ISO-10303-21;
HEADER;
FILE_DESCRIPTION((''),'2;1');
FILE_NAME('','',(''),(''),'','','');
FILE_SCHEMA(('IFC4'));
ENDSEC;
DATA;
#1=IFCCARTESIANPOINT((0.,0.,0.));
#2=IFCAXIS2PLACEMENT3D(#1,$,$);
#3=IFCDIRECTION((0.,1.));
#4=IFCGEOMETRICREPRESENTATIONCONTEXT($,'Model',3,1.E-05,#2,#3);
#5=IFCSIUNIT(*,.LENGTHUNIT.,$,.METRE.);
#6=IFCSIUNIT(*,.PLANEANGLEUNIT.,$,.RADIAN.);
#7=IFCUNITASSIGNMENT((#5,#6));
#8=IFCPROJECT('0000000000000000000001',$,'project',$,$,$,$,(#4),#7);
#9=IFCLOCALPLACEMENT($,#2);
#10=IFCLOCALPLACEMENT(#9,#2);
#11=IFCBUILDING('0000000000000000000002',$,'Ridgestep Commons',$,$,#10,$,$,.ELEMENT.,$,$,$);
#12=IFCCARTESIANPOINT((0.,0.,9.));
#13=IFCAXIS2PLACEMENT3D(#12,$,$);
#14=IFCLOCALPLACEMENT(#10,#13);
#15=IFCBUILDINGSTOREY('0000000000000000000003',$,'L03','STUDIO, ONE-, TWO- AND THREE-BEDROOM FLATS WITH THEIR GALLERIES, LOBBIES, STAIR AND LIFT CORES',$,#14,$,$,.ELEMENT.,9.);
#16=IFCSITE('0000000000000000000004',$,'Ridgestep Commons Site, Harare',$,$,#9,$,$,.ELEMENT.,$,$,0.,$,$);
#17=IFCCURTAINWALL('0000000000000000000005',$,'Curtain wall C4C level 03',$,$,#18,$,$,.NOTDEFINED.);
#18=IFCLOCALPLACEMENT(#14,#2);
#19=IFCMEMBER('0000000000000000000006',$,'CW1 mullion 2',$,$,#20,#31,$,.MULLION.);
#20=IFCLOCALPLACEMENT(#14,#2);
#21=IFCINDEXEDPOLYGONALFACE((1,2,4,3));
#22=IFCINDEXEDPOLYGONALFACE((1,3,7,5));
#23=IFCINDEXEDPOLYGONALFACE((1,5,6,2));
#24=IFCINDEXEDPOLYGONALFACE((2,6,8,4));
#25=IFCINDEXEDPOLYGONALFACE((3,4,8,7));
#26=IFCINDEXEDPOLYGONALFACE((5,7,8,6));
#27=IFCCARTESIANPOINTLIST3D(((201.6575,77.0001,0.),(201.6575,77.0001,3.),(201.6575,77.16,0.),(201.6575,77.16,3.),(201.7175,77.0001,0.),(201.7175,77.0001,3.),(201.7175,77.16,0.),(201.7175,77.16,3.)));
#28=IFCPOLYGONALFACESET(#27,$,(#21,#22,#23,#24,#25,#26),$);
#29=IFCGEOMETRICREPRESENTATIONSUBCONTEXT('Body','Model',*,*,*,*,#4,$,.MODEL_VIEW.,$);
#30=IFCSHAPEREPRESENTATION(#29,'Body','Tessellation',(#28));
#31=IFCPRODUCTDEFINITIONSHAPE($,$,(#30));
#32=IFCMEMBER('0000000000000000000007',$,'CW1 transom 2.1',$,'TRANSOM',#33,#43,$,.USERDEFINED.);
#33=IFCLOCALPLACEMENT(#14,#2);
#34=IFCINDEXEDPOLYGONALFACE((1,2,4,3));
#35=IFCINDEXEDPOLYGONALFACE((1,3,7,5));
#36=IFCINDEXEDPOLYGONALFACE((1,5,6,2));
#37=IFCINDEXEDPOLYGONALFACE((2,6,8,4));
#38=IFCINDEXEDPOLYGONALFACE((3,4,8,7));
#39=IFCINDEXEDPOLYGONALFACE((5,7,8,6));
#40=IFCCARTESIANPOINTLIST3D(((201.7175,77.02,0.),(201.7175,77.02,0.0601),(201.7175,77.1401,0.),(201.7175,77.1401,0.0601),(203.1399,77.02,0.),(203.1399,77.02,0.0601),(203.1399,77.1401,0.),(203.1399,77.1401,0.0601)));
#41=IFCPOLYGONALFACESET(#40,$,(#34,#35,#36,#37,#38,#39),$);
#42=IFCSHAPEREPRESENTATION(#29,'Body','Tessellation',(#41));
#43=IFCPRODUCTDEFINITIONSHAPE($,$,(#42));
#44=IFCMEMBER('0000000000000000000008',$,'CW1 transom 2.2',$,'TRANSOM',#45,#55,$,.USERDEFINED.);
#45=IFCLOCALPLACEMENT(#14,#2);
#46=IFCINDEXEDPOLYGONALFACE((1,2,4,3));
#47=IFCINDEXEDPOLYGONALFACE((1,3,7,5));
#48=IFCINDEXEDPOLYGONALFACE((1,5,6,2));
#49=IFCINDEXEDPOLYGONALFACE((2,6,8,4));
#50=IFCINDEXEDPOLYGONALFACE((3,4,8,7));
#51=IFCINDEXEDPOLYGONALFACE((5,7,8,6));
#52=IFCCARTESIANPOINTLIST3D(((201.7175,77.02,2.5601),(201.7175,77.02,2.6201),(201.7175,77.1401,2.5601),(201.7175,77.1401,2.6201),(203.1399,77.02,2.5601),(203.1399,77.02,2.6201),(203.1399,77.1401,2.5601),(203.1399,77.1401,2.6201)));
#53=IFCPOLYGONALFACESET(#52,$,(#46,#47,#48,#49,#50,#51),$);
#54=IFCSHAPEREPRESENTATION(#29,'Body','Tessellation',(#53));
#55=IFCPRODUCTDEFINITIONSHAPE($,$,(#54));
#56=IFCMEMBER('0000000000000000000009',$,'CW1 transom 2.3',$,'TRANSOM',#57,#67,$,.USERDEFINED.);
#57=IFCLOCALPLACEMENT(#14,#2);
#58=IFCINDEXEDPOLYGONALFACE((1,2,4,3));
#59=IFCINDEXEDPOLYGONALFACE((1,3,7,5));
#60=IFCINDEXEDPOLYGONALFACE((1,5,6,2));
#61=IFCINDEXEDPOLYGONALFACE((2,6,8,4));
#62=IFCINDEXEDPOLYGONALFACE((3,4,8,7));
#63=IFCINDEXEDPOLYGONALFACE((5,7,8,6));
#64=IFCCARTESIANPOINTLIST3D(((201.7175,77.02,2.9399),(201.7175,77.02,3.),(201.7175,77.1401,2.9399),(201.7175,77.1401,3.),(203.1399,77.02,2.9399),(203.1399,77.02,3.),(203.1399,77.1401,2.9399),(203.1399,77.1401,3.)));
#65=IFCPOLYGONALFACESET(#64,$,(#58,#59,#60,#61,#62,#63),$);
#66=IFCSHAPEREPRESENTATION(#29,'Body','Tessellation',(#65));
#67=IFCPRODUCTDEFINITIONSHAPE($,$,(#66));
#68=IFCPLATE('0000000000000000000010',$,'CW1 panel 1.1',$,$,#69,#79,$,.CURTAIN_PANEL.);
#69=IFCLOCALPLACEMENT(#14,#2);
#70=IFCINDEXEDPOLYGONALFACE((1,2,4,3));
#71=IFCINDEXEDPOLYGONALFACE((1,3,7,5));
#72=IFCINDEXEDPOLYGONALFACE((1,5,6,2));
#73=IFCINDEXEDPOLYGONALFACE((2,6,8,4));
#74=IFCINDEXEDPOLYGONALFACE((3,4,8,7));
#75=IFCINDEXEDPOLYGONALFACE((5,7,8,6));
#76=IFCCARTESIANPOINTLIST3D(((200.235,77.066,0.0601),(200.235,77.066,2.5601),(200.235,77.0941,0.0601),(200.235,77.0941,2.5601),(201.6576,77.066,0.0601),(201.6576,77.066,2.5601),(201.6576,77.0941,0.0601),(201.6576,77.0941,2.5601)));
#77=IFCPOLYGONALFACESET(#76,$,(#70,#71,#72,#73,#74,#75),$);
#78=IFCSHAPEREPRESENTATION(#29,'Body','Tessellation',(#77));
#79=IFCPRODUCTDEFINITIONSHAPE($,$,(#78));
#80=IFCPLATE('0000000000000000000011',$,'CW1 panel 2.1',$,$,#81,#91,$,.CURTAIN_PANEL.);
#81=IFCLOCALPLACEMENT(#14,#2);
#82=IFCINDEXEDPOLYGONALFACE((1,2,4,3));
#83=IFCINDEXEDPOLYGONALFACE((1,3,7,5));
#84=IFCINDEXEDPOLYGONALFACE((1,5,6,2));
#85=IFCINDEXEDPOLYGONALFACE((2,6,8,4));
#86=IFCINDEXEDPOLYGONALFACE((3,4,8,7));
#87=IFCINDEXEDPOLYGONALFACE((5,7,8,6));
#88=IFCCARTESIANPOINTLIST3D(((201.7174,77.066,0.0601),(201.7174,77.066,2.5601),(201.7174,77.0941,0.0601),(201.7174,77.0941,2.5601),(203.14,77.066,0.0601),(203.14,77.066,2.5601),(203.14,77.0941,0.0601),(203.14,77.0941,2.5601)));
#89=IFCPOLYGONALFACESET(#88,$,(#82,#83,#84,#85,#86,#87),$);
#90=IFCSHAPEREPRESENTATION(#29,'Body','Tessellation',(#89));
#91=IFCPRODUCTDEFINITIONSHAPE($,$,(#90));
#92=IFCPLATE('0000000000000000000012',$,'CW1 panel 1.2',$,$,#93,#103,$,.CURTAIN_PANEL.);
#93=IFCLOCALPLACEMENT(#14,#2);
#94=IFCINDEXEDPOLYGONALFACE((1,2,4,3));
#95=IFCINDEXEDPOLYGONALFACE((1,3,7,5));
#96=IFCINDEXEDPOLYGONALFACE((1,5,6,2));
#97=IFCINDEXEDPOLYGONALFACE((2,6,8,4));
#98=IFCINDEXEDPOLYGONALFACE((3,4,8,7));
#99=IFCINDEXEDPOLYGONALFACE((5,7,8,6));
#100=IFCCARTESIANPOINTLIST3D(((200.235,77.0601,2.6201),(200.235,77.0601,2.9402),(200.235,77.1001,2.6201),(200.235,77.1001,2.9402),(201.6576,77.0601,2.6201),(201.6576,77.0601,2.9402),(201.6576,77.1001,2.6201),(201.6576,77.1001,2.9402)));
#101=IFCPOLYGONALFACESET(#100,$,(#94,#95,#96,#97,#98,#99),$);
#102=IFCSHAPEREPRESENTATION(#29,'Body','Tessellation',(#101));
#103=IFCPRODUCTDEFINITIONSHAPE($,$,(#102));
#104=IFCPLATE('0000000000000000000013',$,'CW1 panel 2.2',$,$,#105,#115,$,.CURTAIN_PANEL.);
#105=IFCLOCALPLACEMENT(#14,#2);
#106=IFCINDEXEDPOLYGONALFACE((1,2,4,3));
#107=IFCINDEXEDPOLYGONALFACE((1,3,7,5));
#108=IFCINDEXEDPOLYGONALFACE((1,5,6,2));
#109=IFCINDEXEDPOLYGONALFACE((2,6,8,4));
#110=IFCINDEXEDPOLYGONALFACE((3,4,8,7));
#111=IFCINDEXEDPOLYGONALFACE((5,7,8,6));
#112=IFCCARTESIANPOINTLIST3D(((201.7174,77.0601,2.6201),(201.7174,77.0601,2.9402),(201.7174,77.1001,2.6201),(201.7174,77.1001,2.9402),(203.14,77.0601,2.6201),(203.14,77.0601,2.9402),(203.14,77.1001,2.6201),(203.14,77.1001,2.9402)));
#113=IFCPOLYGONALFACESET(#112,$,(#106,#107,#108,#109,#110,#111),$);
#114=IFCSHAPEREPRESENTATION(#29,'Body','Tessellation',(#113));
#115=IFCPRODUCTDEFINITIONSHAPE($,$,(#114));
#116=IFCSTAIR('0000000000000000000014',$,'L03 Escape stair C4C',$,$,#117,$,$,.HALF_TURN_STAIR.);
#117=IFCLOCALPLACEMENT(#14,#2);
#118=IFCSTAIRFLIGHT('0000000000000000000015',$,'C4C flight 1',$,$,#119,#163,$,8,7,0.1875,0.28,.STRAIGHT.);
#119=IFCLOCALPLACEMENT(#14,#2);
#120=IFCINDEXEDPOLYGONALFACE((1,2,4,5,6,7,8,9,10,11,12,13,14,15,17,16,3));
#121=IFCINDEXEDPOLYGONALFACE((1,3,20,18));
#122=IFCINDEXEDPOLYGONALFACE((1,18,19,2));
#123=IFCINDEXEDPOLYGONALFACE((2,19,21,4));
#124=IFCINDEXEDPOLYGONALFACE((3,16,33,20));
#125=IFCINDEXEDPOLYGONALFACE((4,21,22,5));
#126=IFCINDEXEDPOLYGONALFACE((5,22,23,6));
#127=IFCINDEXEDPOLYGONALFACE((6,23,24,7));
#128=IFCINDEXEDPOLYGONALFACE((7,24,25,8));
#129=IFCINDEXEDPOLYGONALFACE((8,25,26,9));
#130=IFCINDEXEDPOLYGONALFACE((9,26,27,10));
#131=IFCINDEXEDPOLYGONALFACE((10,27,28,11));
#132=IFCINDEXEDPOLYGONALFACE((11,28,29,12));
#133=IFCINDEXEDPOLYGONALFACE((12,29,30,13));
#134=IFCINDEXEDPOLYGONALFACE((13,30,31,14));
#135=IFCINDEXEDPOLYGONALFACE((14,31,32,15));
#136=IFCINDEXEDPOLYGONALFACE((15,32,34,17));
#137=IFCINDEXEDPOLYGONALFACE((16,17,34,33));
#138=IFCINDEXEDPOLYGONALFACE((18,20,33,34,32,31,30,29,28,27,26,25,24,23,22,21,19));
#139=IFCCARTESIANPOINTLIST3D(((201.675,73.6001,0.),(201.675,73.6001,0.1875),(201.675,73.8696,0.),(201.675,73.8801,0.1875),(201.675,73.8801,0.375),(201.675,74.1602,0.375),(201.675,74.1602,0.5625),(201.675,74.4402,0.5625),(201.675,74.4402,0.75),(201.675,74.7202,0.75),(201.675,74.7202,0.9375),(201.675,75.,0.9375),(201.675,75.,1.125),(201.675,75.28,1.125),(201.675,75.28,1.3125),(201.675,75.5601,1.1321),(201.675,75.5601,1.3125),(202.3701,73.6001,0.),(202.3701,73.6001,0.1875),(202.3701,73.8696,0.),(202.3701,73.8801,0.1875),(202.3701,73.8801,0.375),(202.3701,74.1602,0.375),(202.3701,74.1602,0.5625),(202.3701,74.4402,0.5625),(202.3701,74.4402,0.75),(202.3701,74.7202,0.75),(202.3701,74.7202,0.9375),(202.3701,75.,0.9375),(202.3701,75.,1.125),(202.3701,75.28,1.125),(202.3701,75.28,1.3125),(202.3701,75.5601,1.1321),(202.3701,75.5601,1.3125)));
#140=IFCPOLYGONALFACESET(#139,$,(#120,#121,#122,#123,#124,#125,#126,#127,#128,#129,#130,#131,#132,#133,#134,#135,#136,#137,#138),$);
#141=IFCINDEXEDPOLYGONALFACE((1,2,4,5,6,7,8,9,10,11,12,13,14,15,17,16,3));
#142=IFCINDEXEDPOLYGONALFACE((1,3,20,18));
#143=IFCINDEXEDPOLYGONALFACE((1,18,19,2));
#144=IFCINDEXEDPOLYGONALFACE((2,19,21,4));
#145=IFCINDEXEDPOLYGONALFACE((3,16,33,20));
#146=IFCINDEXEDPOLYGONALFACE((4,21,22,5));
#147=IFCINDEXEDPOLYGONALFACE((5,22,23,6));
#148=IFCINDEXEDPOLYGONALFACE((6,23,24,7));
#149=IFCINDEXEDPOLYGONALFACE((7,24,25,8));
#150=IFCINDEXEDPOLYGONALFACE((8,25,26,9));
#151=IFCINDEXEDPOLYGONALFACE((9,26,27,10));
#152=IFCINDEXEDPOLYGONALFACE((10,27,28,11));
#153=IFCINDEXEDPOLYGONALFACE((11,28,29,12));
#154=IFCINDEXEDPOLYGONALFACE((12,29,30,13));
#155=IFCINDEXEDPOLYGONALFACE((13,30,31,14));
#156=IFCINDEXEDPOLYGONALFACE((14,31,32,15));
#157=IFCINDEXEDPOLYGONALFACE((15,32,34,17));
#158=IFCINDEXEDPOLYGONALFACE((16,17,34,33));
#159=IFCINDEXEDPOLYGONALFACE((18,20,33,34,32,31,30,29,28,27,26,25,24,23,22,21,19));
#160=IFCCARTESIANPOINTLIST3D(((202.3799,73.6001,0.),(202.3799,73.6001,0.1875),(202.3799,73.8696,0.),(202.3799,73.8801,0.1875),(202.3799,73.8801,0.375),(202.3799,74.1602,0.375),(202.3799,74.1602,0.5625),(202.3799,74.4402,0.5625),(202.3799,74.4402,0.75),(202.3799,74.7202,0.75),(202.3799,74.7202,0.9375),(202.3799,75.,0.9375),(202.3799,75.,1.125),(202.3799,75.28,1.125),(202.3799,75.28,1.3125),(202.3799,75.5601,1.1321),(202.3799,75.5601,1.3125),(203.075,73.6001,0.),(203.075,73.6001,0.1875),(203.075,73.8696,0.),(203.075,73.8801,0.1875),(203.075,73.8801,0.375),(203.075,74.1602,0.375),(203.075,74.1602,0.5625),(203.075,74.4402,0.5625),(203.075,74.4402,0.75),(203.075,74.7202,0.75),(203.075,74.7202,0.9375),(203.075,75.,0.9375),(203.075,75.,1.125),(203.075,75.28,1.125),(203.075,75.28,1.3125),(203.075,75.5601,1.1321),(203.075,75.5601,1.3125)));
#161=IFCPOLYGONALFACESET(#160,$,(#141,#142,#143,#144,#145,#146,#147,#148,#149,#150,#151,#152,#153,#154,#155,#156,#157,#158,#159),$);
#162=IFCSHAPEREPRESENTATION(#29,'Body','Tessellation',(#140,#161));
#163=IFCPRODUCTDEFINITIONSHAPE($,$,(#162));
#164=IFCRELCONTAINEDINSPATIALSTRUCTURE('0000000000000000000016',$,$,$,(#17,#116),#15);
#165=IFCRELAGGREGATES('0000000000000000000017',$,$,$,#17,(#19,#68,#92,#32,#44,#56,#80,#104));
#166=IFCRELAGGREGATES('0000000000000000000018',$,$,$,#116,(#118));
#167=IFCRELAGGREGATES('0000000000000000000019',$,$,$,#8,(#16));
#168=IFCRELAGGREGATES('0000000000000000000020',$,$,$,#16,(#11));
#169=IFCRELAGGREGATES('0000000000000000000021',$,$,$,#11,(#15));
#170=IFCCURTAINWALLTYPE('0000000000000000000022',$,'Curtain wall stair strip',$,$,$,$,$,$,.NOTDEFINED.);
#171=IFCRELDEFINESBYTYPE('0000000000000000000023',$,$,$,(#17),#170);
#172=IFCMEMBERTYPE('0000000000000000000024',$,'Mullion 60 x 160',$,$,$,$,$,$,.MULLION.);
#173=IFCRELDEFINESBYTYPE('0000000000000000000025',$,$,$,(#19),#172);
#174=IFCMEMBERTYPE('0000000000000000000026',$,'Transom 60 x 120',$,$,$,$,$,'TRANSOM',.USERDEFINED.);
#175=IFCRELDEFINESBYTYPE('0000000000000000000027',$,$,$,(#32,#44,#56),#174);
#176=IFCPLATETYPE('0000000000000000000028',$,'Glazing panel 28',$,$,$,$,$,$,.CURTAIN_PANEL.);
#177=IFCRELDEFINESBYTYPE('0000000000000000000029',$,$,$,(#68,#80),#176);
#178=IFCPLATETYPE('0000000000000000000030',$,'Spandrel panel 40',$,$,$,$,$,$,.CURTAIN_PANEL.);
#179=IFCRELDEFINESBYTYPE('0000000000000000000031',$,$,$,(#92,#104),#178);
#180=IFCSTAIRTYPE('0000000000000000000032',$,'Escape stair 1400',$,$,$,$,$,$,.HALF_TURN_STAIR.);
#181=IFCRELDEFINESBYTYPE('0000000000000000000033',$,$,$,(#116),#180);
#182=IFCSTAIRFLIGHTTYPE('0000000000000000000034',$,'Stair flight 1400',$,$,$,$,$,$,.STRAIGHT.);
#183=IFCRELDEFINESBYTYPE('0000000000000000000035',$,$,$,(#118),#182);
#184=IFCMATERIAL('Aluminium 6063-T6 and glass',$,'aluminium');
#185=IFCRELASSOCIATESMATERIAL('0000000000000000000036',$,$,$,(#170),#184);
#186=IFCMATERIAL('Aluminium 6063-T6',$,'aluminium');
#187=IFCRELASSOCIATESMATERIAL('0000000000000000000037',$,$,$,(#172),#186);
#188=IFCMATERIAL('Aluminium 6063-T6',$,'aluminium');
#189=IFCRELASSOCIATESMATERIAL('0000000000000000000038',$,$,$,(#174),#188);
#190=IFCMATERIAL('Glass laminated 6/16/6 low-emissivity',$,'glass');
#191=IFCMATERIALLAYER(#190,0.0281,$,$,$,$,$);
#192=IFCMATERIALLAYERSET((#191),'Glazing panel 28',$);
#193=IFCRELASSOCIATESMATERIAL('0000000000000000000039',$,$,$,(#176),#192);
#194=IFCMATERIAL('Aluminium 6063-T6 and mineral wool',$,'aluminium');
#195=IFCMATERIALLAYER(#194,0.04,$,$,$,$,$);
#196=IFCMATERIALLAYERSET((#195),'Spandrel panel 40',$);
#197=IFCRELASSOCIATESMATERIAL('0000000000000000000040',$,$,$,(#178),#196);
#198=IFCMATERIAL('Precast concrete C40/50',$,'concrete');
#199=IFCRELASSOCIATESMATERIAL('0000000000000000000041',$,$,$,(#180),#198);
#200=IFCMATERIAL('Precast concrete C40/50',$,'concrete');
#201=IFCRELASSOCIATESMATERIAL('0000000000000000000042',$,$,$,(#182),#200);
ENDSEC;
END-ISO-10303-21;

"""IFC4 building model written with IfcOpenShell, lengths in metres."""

from ifc_helpers import new_model, si_unit, direction, frame, origin, origin_2d, place, context, subcontext, project, spatial, polyline, rectangle, outline, extrude, material, layer, layer_set, material_profile, profile_set, type_object, element, aggregate, save


model = new_model("IFC4")

# Units and contexts
model_context = context("Model", 3, precision=1e-05, world=origin(), true_north=direction((0.0, 1.0)))
body_context = subcontext(model_context, "Body", "Model", "MODEL_VIEW")
ifc_project = project(units=[si_unit("LENGTHUNIT", "METRE"), si_unit("PLANEANGLEUNIT", "RADIAN")], contexts=[model_context])

# Site, building, storey
site_placement = place(None, origin())
site = spatial("IfcSite", under=ifc_project, at=site_placement, Name="Ridgestep Commons Site, Harare", CompositionType="ELEMENT", RefElevation=0.0)
building_placement = place(site_placement, origin())
building = spatial("IfcBuilding", under=site, at=building_placement, Name="Ridgestep Commons", CompositionType="ELEMENT")
storey_placement = place(building_placement, frame((0.0, 0.0, 9.0)))
storey = spatial("IfcBuildingStorey", under=building, at=storey_placement, Name="L03", Description="STUDIO, ONE-, TWO- AND THREE-BEDROOM FLATS WITH THEIR GALLERIES, LOBBIES, STAIR AND LIFT CORES", CompositionType="ELEMENT", Elevation=9.0)

# Curtain wall, members, plates
ifc_material_1 = material(Name="Aluminium 6063-T6 and glass", Category="aluminium")
curtain_wall_type = type_object("IfcCurtainWallType", Name="Curtain wall stair strip", PredefinedType="NOTDEFINED", material=ifc_material_1)
curtain_wall_placement = place(storey_placement, origin())
curtain_wall = element("IfcCurtainWall", 1, at=curtain_wall_placement, inside=storey, type_object=curtain_wall_type, Name="Curtain wall C4C level 03", PredefinedType="NOTDEFINED")
ifc_material_2 = material(Name="Aluminium 6063-T6", Category="aluminium")
ifc_material_profile_1 = material_profile(ifc_material_2, rectangle(XDim=0.1599, YDim=0.0601, at=origin_2d()), Name="Mullion 60 x 160")
ifc_profile_set_1 = profile_set([ifc_material_profile_1], Name="Aluminium 6063-T6")
member_type_1 = type_object("IfcMemberType", Name="Mullion 60 x 160", PredefinedType="MULLION", material=ifc_profile_set_1)
member_1_placement = place(storey_placement, frame((201.6875, 77.0801, 0.0), z_axis=(0.0, 0.0, 1.0), x_axis=(0.0, 1.0, 0.0)))
member_1 = element("IfcMember", 2, at=member_1_placement, type_object=member_type_1, Name="CW1 mullion 2", PredefinedType="MULLION", context=body_context, shape_type="SweptSolid", body=[
    extrude(rectangle(XDim=0.1599, YDim=0.0601, at=origin_2d()), origin(), (0.0, 0.0, 1.0), 3.0),
])
ifc_material_3 = material(Name="Aluminium 6063-T6", Category="aluminium")
ifc_material_profile_2 = material_profile(ifc_material_3, rectangle(XDim=0.1201, YDim=0.0601, at=origin_2d()), Name="Transom 60 x 120")
ifc_profile_set_2 = profile_set([ifc_material_profile_2], Name="Aluminium 6063-T6")
member_type_2 = type_object("IfcMemberType", Name="Transom 60 x 120", ElementType="TRANSOM", PredefinedType="USERDEFINED", material=ifc_profile_set_2)
member_2_placement = place(storey_placement, frame((201.7175, 77.0801, 0.03), z_axis=(1.0, 0.0, 0.0), x_axis=(0.0, 1.0, 0.0)))
member_2 = element("IfcMember", 3, at=member_2_placement, type_object=member_type_2, Name="CW1 transom 2.1", ObjectType="TRANSOM", PredefinedType="USERDEFINED", context=body_context, shape_type="SweptSolid", body=[
    extrude(rectangle(XDim=0.1201, YDim=0.0601, at=origin_2d()), origin(), (0.0, 0.0, 1.0), 1.4224),
])
member_3_placement = place(storey_placement, frame((201.7175, 77.0801, 2.5901), z_axis=(1.0, 0.0, 0.0), x_axis=(0.0, 1.0, 0.0)))
member_3 = element("IfcMember", 4, at=member_3_placement, type_object=member_type_2, Name="CW1 transom 2.2", ObjectType="TRANSOM", PredefinedType="USERDEFINED", context=body_context, shape_type="SweptSolid", body=[
    extrude(rectangle(XDim=0.1201, YDim=0.0601, at=origin_2d()), origin(), (0.0, 0.0, 1.0), 1.4224),
])
member_4_placement = place(storey_placement, frame((201.7175, 77.0801, 2.97), z_axis=(1.0, 0.0, 0.0), x_axis=(0.0, 1.0, 0.0)))
member_4 = element("IfcMember", 5, at=member_4_placement, type_object=member_type_2, Name="CW1 transom 2.3", ObjectType="TRANSOM", PredefinedType="USERDEFINED", context=body_context, shape_type="SweptSolid", body=[
    extrude(rectangle(XDim=0.1201, YDim=0.0601, at=origin_2d()), origin(), (0.0, 0.0, 1.0), 1.4224),
])
ifc_material_4 = material(Name="Glass laminated 6/16/6 low-emissivity", Category="glass")
ifc_layer_1 = layer(ifc_material_4, 0.0281)
ifc_layer_set_1 = layer_set([ifc_layer_1], Name="Glazing panel 28")
plate_type_1 = type_object("IfcPlateType", Name="Glazing panel 28", PredefinedType="CURTAIN_PANEL", material=ifc_layer_set_1)
plate_1_placement = place(storey_placement, frame((200.9463, 77.0801, 0.0601), z_axis=(0.0, 0.0, 1.0), x_axis=(1.0, 0.0, 0.0)))
plate_1 = element("IfcPlate", 6, at=plate_1_placement, type_object=plate_type_1, Name="CW1 panel 1.1", PredefinedType="CURTAIN_PANEL", context=body_context, shape_type="SweptSolid", body=[
    extrude(rectangle(XDim=1.4226, YDim=0.0281, at=origin_2d()), origin(), (0.0, 0.0, 1.0), 2.5),
])
plate_2_placement = place(storey_placement, frame((202.4287, 77.0801, 0.0601), z_axis=(0.0, 0.0, 1.0), x_axis=(1.0, 0.0, 0.0)))
plate_2 = element("IfcPlate", 7, at=plate_2_placement, type_object=plate_type_1, Name="CW1 panel 2.1", PredefinedType="CURTAIN_PANEL", context=body_context, shape_type="SweptSolid", body=[
    extrude(rectangle(XDim=1.4226, YDim=0.0281, at=origin_2d()), origin(), (0.0, 0.0, 1.0), 2.5),
])
ifc_material_5 = material(Name="Aluminium 6063-T6 and mineral wool", Category="aluminium")
ifc_layer_2 = layer(ifc_material_5, 0.04)
ifc_layer_set_2 = layer_set([ifc_layer_2], Name="Spandrel panel 40")
plate_type_2 = type_object("IfcPlateType", Name="Spandrel panel 40", PredefinedType="CURTAIN_PANEL", material=ifc_layer_set_2)
plate_3_placement = place(storey_placement, frame((200.9463, 77.0801, 2.6201), z_axis=(0.0, 0.0, 1.0), x_axis=(1.0, 0.0, 0.0)))
plate_3 = element("IfcPlate", 8, at=plate_3_placement, type_object=plate_type_2, Name="CW1 panel 1.2", PredefinedType="CURTAIN_PANEL", context=body_context, shape_type="SweptSolid", body=[
    extrude(rectangle(XDim=1.4226, YDim=0.04, at=origin_2d()), origin(), (0.0, 0.0, 1.0), 0.3201),
])
plate_4_placement = place(storey_placement, frame((202.4287, 77.0801, 2.6201), z_axis=(0.0, 0.0, 1.0), x_axis=(1.0, 0.0, 0.0)))
plate_4 = element("IfcPlate", 9, at=plate_4_placement, type_object=plate_type_2, Name="CW1 panel 2.2", PredefinedType="CURTAIN_PANEL", context=body_context, shape_type="SweptSolid", body=[
    extrude(rectangle(XDim=1.4226, YDim=0.04, at=origin_2d()), origin(), (0.0, 0.0, 1.0), 0.3201),
])
aggregate(curtain_wall, [member_1, plate_1, plate_3, member_2, member_3, member_4, plate_2, plate_4])

# Stair, stair flight
ifc_material_6 = material(Name="Precast concrete C40/50", Category="concrete")
stair_type = type_object("IfcStairType", Name="Escape stair 1400", PredefinedType="HALF_TURN_STAIR", material=ifc_material_6)
stair_placement = place(storey_placement, origin())
stair = element("IfcStair", 10, at=stair_placement, inside=storey, type_object=stair_type, Name="L03 Escape stair C4C", PredefinedType="HALF_TURN_STAIR")
ifc_material_7 = material(Name="Precast concrete C40/50", Category="concrete")
stair_flight_type = type_object("IfcStairFlightType", Name="Stair flight 1400", PredefinedType="STRAIGHT", material=ifc_material_7)
stair_flight_1_placement = place(storey_placement, frame((202.375, 73.6001, 0.0), z_axis=(0.0, 0.0, 1.0), x_axis=(0.0, 1.0, 0.0)))
stair_flight_1 = element("IfcStairFlight", 11, at=stair_flight_1_placement, type_object=stair_flight_type, Name="C4C flight 1", NumberOfRisers=8, NumberOfTreads=7, PredefinedType="STRAIGHT", RiserHeight=0.1875, TreadLength=0.28, context=body_context, shape_type="SweptSolid", body=[
    extrude(outline(polyline([(0.0, 0.0), (0.0, 0.1875), (0.28, 0.1875), (0.28, 0.375), (0.5601, 0.375), (0.5601, 0.5625), (0.8401, 0.5625), (0.8401, 0.75), (1.1201, 0.75), (1.1201, 0.9375), (1.3999, 0.9375), (1.3999, 1.125), (1.6799, 1.125), (1.6799, 1.3125), (1.96, 1.3125), (1.96, 1.5), (1.96, 1.1321), (0.2695, 0.0), (0.0, 0.0)])), frame((0.0, 0.7, 0.0), z_axis=(0.0, -1.0, 0.0), x_axis=(1.0, 0.0, 0.0)), (0.0, 0.0, 1.0), 0.6951),
    extrude(outline(polyline([(0.0, 0.0), (0.0, 0.1875), (0.28, 0.1875), (0.28, 0.375), (0.5601, 0.375), (0.5601, 0.5625), (0.8401, 0.5625), (0.8401, 0.75), (1.1201, 0.75), (1.1201, 0.9375), (1.3999, 0.9375), (1.3999, 1.125), (1.6799, 1.125), (1.6799, 1.3125), (1.96, 1.3125), (1.96, 1.5), (1.96, 1.1321), (0.2695, 0.0), (0.0, 0.0)])), frame((0.0, -0.0049, 0.0), z_axis=(0.0, -1.0, 0.0), x_axis=(1.0, 0.0, 0.0)), (0.0, 0.0, 1.0), 0.6951),
])
aggregate(stair, [stair_flight_1])

save(model, "model.ifc")
